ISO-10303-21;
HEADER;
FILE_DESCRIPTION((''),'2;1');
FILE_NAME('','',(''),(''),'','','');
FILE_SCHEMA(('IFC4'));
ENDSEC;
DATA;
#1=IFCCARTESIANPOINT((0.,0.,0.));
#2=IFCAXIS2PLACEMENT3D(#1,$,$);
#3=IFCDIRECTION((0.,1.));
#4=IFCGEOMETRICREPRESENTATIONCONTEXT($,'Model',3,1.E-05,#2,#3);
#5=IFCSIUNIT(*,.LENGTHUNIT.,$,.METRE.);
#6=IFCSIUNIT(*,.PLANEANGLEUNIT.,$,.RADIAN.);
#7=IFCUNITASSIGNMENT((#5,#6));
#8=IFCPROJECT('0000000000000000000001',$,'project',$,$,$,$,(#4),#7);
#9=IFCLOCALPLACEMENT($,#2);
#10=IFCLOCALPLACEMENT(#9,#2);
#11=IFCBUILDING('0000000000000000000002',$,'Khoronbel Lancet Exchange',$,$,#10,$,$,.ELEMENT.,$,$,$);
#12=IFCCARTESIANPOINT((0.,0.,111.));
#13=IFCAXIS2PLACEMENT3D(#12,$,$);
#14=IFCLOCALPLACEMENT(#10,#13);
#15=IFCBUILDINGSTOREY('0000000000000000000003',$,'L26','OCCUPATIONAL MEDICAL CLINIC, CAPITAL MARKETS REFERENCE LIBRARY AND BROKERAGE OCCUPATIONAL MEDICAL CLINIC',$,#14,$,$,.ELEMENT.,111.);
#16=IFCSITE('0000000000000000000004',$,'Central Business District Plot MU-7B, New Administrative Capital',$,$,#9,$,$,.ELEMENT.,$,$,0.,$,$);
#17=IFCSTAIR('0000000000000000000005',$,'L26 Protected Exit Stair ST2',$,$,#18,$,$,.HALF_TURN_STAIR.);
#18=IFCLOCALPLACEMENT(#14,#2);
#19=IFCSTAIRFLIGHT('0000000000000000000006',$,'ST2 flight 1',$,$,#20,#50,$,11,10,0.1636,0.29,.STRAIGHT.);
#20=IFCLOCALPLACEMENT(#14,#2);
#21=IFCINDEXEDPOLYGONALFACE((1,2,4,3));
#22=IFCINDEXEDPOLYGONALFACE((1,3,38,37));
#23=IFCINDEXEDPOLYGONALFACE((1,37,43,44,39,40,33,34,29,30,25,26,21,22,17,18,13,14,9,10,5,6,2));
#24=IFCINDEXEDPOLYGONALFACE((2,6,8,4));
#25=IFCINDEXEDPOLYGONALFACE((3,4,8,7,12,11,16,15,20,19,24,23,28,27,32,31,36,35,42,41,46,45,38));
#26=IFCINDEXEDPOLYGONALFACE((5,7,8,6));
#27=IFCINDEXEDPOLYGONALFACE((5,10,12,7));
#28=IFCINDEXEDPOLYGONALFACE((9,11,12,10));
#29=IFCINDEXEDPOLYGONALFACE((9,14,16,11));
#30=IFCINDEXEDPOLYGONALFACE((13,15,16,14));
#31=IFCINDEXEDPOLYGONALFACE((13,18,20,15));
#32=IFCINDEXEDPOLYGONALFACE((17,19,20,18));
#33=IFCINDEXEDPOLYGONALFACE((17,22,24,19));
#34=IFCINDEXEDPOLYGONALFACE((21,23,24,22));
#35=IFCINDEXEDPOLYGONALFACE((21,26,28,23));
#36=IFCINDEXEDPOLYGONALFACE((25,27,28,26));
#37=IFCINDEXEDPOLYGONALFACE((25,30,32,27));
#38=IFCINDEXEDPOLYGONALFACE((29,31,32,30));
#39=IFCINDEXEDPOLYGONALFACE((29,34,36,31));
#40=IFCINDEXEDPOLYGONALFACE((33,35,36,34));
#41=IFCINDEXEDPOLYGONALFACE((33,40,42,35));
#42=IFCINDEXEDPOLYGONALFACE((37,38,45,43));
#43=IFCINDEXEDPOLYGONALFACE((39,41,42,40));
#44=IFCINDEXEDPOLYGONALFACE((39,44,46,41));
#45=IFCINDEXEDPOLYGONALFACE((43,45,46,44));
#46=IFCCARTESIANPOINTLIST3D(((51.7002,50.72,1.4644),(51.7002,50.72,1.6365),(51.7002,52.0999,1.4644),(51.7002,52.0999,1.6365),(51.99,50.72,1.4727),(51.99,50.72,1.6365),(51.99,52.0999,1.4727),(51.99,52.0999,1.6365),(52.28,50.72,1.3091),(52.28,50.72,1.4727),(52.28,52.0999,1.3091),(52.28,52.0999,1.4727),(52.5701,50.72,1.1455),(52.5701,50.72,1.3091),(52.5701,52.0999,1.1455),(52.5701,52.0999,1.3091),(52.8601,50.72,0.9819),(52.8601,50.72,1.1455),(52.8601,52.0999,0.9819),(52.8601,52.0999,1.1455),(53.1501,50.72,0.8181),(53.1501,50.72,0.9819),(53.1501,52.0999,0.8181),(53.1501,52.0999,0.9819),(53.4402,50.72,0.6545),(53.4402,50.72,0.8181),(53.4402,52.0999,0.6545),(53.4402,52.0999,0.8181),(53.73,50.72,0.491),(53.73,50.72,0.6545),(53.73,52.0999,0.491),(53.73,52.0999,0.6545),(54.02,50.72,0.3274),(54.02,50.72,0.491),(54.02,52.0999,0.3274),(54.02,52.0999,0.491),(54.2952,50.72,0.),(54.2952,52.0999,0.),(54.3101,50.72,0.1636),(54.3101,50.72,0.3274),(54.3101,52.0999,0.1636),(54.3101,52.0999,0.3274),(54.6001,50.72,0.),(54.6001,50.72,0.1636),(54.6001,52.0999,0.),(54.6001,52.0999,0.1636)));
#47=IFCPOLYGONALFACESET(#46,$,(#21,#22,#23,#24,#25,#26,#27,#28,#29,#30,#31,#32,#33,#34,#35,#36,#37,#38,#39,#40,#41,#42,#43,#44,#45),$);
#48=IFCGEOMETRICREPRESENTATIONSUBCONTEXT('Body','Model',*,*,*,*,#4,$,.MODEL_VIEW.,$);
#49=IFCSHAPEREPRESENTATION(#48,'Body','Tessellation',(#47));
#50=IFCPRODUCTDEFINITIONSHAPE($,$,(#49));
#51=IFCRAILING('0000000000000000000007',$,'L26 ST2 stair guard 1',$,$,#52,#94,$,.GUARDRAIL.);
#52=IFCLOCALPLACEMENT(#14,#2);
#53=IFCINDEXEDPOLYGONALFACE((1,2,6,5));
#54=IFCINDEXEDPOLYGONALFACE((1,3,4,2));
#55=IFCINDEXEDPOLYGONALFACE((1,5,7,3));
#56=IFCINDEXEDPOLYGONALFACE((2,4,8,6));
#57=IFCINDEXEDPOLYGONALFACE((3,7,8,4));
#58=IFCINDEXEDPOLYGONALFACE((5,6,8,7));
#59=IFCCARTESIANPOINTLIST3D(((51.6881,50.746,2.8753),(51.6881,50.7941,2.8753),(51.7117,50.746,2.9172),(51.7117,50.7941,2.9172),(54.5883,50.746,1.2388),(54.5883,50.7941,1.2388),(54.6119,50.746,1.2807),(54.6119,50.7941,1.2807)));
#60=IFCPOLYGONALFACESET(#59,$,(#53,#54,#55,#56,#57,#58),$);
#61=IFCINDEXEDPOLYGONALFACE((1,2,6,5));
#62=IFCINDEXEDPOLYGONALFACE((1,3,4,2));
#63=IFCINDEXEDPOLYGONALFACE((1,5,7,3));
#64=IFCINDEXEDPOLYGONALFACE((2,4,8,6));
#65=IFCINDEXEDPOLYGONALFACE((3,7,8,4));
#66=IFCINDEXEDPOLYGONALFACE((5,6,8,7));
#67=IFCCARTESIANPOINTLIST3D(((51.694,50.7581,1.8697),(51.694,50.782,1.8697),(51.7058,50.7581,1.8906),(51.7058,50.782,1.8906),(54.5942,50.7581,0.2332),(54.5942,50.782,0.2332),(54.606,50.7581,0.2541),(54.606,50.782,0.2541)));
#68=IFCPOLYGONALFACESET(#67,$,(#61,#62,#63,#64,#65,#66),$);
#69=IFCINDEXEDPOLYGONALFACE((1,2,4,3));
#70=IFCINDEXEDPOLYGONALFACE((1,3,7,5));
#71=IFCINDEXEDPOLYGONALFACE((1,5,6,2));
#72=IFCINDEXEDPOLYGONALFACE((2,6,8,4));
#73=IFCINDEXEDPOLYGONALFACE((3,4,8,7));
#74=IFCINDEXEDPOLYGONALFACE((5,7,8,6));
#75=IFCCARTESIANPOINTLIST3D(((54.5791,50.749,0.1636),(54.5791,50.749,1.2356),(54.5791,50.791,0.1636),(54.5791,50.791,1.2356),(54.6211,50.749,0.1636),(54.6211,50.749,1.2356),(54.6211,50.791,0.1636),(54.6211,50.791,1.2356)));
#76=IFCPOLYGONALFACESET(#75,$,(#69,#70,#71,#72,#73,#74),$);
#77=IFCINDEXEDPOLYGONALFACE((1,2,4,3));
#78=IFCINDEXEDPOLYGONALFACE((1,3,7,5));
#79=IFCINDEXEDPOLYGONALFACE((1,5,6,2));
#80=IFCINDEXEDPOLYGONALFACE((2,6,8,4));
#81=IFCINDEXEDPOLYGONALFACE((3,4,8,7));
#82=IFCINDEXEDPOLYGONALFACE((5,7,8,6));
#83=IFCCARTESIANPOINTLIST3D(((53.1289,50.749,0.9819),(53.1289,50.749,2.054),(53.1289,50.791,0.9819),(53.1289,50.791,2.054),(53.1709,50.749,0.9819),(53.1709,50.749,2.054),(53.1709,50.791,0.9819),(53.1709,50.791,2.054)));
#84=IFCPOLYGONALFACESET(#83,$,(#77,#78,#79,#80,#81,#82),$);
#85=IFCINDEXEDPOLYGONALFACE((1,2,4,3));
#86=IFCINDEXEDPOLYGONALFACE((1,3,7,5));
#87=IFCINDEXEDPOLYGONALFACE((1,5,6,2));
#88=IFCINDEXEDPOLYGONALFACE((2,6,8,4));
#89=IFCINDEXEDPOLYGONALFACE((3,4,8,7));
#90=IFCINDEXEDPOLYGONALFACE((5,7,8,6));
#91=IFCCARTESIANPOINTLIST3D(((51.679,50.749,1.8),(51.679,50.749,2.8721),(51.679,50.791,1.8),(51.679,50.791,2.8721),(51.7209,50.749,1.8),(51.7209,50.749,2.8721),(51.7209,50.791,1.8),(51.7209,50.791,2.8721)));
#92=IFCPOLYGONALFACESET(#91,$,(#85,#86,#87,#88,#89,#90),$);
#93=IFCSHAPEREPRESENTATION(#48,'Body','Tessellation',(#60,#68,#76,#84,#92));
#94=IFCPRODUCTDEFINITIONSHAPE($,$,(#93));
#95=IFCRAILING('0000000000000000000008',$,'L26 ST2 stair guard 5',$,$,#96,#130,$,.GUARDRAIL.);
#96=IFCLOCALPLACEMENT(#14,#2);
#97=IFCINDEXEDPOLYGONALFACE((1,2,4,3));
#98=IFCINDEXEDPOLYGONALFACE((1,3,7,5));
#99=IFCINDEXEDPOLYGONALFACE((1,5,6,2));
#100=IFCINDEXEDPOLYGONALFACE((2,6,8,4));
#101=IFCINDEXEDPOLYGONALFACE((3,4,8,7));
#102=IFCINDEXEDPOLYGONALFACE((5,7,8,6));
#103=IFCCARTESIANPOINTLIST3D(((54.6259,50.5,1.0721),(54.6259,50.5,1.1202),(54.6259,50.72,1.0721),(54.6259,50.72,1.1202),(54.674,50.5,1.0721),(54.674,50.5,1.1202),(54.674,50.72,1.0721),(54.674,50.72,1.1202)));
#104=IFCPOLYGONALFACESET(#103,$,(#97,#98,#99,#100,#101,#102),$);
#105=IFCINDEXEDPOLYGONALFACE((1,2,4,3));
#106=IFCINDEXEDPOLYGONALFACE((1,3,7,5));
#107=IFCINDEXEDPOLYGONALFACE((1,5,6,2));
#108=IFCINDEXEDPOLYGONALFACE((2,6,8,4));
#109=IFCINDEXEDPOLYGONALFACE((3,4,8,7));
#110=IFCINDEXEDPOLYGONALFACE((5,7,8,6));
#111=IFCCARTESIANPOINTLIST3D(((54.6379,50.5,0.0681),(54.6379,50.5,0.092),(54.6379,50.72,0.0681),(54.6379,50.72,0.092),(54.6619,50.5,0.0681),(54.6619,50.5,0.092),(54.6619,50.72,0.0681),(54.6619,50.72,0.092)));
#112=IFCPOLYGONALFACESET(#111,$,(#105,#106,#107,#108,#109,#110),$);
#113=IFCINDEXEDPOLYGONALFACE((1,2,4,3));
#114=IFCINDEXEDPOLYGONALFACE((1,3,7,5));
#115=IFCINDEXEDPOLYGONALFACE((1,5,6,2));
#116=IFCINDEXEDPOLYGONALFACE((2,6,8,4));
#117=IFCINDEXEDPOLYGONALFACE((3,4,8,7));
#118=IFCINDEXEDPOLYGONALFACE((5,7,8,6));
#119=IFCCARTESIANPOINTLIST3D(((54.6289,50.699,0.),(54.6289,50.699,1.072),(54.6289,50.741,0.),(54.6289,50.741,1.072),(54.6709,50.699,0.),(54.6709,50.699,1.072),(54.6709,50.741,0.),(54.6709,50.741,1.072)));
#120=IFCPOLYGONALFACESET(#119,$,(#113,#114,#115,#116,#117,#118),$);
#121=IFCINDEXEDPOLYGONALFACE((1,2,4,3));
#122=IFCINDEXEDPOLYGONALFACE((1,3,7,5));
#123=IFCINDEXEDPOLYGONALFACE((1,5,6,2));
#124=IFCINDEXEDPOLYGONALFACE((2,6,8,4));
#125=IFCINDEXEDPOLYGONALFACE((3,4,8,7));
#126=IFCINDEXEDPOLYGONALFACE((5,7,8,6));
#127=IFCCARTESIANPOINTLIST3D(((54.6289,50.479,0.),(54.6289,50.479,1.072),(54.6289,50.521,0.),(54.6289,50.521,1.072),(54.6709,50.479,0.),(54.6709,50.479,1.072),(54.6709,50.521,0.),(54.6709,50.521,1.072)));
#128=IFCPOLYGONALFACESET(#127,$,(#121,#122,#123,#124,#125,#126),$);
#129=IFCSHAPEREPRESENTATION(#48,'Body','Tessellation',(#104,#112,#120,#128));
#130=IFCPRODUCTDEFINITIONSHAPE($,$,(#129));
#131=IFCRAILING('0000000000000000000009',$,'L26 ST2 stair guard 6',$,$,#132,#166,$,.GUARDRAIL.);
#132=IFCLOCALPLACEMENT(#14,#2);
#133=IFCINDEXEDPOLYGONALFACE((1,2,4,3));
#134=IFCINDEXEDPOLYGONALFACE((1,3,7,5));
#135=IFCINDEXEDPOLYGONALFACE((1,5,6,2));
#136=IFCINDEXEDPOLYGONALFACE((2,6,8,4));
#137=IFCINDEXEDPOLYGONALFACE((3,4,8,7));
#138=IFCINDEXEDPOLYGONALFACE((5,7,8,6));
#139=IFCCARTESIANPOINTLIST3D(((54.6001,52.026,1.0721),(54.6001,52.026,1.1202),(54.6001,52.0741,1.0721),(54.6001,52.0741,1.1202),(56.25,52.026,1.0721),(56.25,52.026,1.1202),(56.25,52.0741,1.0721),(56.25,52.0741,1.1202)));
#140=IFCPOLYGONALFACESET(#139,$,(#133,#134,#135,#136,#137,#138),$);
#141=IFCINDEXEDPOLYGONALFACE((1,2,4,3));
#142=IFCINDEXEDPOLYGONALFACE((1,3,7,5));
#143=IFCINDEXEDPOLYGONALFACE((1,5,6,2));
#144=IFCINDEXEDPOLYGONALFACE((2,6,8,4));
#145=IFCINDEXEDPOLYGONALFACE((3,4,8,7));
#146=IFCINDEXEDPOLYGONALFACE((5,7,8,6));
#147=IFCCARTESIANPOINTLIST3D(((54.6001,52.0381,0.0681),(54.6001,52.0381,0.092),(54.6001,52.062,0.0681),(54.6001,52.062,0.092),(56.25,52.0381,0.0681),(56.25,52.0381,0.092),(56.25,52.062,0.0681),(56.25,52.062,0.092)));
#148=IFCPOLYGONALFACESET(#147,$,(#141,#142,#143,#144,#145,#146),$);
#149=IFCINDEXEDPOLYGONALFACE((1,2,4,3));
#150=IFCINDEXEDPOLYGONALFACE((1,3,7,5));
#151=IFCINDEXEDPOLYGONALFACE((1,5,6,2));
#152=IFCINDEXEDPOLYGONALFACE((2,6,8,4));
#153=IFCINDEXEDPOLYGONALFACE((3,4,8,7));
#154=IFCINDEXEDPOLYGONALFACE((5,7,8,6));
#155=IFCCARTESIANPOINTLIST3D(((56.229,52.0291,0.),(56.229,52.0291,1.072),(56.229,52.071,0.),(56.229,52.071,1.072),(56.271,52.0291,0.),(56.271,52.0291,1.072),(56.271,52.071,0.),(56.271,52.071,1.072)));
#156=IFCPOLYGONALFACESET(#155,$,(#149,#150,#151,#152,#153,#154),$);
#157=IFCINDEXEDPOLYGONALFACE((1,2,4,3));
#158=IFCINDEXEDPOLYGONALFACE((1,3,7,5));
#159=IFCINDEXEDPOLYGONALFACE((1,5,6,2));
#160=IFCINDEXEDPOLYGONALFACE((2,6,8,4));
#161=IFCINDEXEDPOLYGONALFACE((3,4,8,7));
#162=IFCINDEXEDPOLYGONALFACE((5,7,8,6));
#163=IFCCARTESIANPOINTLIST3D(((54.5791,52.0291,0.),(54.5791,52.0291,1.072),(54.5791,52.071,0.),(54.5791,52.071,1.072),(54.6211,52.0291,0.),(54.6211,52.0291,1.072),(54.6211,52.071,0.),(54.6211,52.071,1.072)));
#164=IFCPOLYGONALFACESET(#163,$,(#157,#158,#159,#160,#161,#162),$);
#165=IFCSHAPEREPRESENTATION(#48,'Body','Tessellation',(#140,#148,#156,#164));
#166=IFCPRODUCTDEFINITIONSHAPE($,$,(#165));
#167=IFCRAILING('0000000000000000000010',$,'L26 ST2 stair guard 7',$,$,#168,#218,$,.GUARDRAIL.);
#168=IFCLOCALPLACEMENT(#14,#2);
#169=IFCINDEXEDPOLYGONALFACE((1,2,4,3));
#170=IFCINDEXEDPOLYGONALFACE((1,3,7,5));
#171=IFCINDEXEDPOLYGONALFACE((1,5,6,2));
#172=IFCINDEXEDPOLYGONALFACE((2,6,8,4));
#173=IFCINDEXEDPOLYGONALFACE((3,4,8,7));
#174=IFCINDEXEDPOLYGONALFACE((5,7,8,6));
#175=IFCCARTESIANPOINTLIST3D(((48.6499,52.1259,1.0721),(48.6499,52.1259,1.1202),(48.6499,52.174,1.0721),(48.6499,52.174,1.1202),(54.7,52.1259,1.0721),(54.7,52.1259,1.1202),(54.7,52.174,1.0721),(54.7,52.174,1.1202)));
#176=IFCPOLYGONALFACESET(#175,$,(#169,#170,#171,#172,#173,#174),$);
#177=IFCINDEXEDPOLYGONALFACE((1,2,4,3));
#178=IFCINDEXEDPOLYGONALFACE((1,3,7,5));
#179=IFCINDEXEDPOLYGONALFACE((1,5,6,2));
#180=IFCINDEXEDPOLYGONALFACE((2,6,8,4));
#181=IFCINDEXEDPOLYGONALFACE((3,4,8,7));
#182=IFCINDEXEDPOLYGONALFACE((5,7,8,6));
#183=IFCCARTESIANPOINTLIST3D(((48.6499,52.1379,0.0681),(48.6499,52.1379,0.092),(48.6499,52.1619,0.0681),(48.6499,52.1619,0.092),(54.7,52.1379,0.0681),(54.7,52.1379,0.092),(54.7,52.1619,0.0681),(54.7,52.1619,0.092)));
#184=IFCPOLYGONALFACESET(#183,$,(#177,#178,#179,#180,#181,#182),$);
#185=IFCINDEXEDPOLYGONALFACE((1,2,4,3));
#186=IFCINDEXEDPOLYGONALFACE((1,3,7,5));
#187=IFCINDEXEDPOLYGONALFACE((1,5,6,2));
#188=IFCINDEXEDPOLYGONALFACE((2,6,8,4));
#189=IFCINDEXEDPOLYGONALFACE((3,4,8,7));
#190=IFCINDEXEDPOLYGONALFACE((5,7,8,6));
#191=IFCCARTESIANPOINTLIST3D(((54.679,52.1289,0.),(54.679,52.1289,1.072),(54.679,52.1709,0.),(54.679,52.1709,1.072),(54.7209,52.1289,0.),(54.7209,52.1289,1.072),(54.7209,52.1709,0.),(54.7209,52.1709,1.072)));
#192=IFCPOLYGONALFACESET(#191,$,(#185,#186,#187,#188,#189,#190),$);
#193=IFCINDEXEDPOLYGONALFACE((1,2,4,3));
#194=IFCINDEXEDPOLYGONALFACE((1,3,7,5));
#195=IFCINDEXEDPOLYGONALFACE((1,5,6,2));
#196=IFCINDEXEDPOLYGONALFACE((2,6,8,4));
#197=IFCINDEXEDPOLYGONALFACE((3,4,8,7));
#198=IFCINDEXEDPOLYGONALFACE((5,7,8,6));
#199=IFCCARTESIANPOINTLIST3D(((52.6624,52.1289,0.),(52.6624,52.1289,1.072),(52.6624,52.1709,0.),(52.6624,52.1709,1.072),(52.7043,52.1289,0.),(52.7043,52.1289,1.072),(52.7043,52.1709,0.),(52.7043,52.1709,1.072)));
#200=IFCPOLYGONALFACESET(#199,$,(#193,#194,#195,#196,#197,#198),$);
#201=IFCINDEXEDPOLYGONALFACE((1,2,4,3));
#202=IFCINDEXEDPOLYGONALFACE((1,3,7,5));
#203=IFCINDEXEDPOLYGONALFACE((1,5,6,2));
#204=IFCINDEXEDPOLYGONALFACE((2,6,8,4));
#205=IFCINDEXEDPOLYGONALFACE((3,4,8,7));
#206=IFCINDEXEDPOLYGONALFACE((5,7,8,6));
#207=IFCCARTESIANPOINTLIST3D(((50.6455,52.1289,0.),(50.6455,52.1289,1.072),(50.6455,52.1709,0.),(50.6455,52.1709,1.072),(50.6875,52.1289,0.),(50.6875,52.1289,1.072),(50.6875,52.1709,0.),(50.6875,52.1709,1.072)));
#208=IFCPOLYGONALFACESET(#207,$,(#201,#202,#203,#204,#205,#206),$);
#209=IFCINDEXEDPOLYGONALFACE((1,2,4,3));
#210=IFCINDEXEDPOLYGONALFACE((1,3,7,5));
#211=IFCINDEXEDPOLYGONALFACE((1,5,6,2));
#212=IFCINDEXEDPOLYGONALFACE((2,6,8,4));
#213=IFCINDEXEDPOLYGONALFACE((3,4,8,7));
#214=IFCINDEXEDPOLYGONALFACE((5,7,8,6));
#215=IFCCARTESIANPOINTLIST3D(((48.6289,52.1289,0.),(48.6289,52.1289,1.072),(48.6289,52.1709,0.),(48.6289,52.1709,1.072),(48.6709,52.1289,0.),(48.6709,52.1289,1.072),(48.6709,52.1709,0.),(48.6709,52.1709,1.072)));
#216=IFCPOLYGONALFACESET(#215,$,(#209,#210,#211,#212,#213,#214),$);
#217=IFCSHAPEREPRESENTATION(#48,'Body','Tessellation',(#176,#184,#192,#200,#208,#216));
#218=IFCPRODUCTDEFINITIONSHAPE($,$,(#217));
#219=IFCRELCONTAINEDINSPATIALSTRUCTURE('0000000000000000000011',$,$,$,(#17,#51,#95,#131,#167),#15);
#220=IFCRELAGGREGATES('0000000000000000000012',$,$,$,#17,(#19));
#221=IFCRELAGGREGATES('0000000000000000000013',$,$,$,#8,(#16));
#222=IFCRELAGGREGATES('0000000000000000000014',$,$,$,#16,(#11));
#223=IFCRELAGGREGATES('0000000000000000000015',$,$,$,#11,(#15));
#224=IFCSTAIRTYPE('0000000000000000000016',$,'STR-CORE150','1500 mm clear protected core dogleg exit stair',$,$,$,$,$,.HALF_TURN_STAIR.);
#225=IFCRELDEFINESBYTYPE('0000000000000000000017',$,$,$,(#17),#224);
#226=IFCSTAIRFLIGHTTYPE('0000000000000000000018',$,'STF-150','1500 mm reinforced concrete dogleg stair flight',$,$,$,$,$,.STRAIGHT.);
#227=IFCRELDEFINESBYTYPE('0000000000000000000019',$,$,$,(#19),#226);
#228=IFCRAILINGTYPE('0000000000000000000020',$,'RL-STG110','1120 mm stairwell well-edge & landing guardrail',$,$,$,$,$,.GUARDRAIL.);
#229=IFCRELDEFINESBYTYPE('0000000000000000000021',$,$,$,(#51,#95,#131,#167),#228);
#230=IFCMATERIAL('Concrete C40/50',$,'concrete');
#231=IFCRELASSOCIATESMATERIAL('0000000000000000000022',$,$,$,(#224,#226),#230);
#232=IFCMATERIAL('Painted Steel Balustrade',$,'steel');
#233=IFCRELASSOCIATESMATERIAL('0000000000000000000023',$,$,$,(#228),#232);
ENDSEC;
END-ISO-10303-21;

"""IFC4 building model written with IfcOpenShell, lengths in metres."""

from ifc_helpers import new_model, si_unit, direction, frame, origin, origin_2d, place, context, subcontext, project, spatial, polyline, rectangle, outline, extrude, material, type_object, element, aggregate, save


model = new_model("IFC4")

# Units and contexts
model_context = context("Model", 3, precision=1e-05, world=origin(), true_north=direction((0.0, 1.0)))
body_context = subcontext(model_context, "Body", "Model", "MODEL_VIEW")
ifc_project = project(units=[si_unit("LENGTHUNIT", "METRE"), si_unit("PLANEANGLEUNIT", "RADIAN")], contexts=[model_context])

# Site, building, storey
site_placement = place(None, origin())
site = spatial("IfcSite", under=ifc_project, at=site_placement, Name="Central Business District Plot MU-7B, New Administrative Capital", CompositionType="ELEMENT", RefElevation=0.0)
building_placement = place(site_placement, origin())
building = spatial("IfcBuilding", under=site, at=building_placement, Name="Khoronbel Lancet Exchange", CompositionType="ELEMENT")
storey_placement = place(building_placement, frame((0.0, 0.0, 111.0)))
storey = spatial("IfcBuildingStorey", under=building, at=storey_placement, Name="L26", Description="OCCUPATIONAL MEDICAL CLINIC, CAPITAL MARKETS REFERENCE LIBRARY AND BROKERAGE OCCUPATIONAL MEDICAL CLINIC", CompositionType="ELEMENT", Elevation=111.0)

# Stair, stair flight
ifc_material_1 = material(Name="Concrete C40/50", Category="concrete")
stair_type = type_object("IfcStairType", Name="STR-CORE150", Description="1500 mm clear protected core dogleg exit stair", PredefinedType="HALF_TURN_STAIR", material=ifc_material_1)
stair_placement = place(storey_placement, origin())
stair = element("IfcStair", 1, at=stair_placement, inside=storey, type_object=stair_type, Name="L26 Protected Exit Stair ST2", PredefinedType="HALF_TURN_STAIR")
stair_flight_type = type_object("IfcStairFlightType", Name="STF-150", Description="1500 mm reinforced concrete dogleg stair flight", PredefinedType="STRAIGHT", material=ifc_material_1)
stair_flight_placement = place(storey_placement, frame((54.6001, 51.4099, 0.0), z_axis=(0.0, 0.0, 1.0), x_axis=(-1.0, 0.0, 0.0)))
stair_flight = element("IfcStairFlight", 2, at=stair_flight_placement, type_object=stair_flight_type, Name="ST2 flight 1", NumberOfRisers=11, NumberOfTreads=10, PredefinedType="STRAIGHT", RiserHeight=0.1636, TreadLength=0.29, context=body_context, shape_type="SweptSolid", body=[
    extrude(outline(polyline([(0.0, 0.0), (0.0, 0.1636), (0.29, 0.1636), (0.29, 0.3274), (0.5801, 0.3274), (0.5801, 0.491), (0.8701, 0.491), (0.8701, 0.6545), (1.1599, 0.6545), (1.1599, 0.8181), (1.45, 0.8181), (1.45, 0.9819), (1.74, 0.9819), (1.74, 1.1455), (2.03, 1.1455), (2.03, 1.3091), (2.3201, 1.3091), (2.3201, 1.4727), (2.6101, 1.4727), (2.6101, 1.6365), (2.8999, 1.6365), (2.8999, 1.8), (2.8999, 1.4644), (0.3049, 0.0), (0.0, 0.0)])), frame((0.0, 0.6899, 0.0), z_axis=(0.0, -1.0, 0.0), x_axis=(1.0, 0.0, 0.0)), (0.0, 0.0, 1.0), 1.3799),
])
aggregate(stair, [stair_flight])

# Railings
ifc_material_2 = material(Name="Painted Steel Balustrade", Category="steel")
railing_type_1 = type_object("IfcRailingType", Name="RL-STG110", Description="1120 mm stairwell well-edge & landing guardrail", PredefinedType="GUARDRAIL", material=ifc_material_2)
railing_1_placement = place(storey_placement, frame((54.6001, 50.77, 0.1636)))
element("IfcRailing", 3, at=railing_1_placement, inside=storey, type_object=railing_type_1, Name="L26 ST2 stair guard 1", PredefinedType="GUARDRAIL", context=body_context, shape_type="SweptSolid", body=[
    extrude(rectangle(XDim=0.0481, YDim=0.0481, at=origin_2d()), frame((0.0, 0.0, 1.0962), z_axis=(-0.870915, 0.0, 0.491434), x_axis=(0.0, -1.0, 0.0)), (0.0, 0.0, 1.0), 3.3301),
    extrude(rectangle(XDim=0.0239, YDim=0.0239, at=origin_2d()), frame((0.0, 0.0, 0.0801), z_axis=(-0.870915, 0.0, 0.491434), x_axis=(0.0, -1.0, 0.0)), (0.0, 0.0, 1.0), 3.3301),
    extrude(rectangle(XDim=0.042, YDim=0.042, at=origin_2d()), origin(), (0.0, 0.0, 1.0), 1.072),
    extrude(rectangle(XDim=0.042, YDim=0.042, at=origin_2d()), frame((-1.4502, 0.0, 0.8184)), (0.0, 0.0, 1.0), 1.072),
    extrude(rectangle(XDim=0.042, YDim=0.042, at=origin_2d()), frame((-2.9001, 0.0, 1.6365)), (0.0, 0.0, 1.0), 1.072),
])
railing_2_placement = place(storey_placement, frame((54.6499, 50.72, 0.0)))
element("IfcRailing", 4, at=railing_2_placement, inside=storey, type_object=railing_type_1, Name="L26 ST2 stair guard 5", PredefinedType="GUARDRAIL", context=body_context, shape_type="SweptSolid", body=[
    extrude(rectangle(XDim=0.0481, YDim=0.0481, at=origin_2d()), frame((0.0, 0.0, 1.0962), z_axis=(0.0, -1.0, 0.0), x_axis=(1.0, 0.0, 0.0)), (0.0, 0.0, 1.0), 0.22),
    extrude(rectangle(XDim=0.0239, YDim=0.0239, at=origin_2d()), frame((0.0, 0.0, 0.0801), z_axis=(0.0, -1.0, 0.0), x_axis=(1.0, 0.0, 0.0)), (0.0, 0.0, 1.0), 0.22),
    extrude(rectangle(XDim=0.042, YDim=0.042, at=origin_2d()), origin(), (0.0, 0.0, 1.0), 1.072),
    extrude(rectangle(XDim=0.042, YDim=0.042, at=origin_2d()), frame((0.0, -0.22, 0.0)), (0.0, 0.0, 1.0), 1.072),
])
railing_3_placement = place(storey_placement, frame((56.25, 52.05, 0.0)))
element("IfcRailing", 5, at=railing_3_placement, inside=storey, type_object=railing_type_1, Name="L26 ST2 stair guard 6", PredefinedType="GUARDRAIL", context=body_context, shape_type="SweptSolid", body=[
    extrude(rectangle(XDim=0.0481, YDim=0.0481, at=origin_2d()), frame((0.0, 0.0, 1.0962), z_axis=(-1.0, 0.0, 0.0), x_axis=(0.0, -1.0, 0.0)), (0.0, 0.0, 1.0), 1.6499),
    extrude(rectangle(XDim=0.0239, YDim=0.0239, at=origin_2d()), frame((0.0, 0.0, 0.0801), z_axis=(-1.0, 0.0, 0.0), x_axis=(0.0, -1.0, 0.0)), (0.0, 0.0, 1.0), 1.6499),
    extrude(rectangle(XDim=0.042, YDim=0.042, at=origin_2d()), origin(), (0.0, 0.0, 1.0), 1.072),
    extrude(rectangle(XDim=0.042, YDim=0.042, at=origin_2d()), frame((-1.6499, 0.0, 0.0)), (0.0, 0.0, 1.0), 1.072),
])
railing_4_placement = place(storey_placement, frame((54.7, 52.1499, 0.0)))
element("IfcRailing", 6, at=railing_4_placement, inside=storey, type_object=railing_type_1, Name="L26 ST2 stair guard 7", PredefinedType="GUARDRAIL", context=body_context, shape_type="SweptSolid", body=[
    extrude(rectangle(XDim=0.0481, YDim=0.0481, at=origin_2d()), frame((0.0, 0.0, 1.0962), z_axis=(-1.0, 0.0, 0.0), x_axis=(0.0, -1.0, 0.0)), (0.0, 0.0, 1.0), 6.05),
    extrude(rectangle(XDim=0.0239, YDim=0.0239, at=origin_2d()), frame((0.0, 0.0, 0.0801), z_axis=(-1.0, 0.0, 0.0), x_axis=(0.0, -1.0, 0.0)), (0.0, 0.0, 1.0), 6.05),
    extrude(rectangle(XDim=0.042, YDim=0.042, at=origin_2d()), origin(), (0.0, 0.0, 1.0), 1.072),
    extrude(rectangle(XDim=0.042, YDim=0.042, at=origin_2d()), frame((-2.0166, 0.0, 0.0)), (0.0, 0.0, 1.0), 1.072),
    extrude(rectangle(XDim=0.042, YDim=0.042, at=origin_2d()), frame((-4.0334, 0.0, 0.0)), (0.0, 0.0, 1.0), 1.072),
    extrude(rectangle(XDim=0.042, YDim=0.042, at=origin_2d()), frame((-6.05, 0.0, 0.0)), (0.0, 0.0, 1.0), 1.072),
])

save(model, "model.ifc")
